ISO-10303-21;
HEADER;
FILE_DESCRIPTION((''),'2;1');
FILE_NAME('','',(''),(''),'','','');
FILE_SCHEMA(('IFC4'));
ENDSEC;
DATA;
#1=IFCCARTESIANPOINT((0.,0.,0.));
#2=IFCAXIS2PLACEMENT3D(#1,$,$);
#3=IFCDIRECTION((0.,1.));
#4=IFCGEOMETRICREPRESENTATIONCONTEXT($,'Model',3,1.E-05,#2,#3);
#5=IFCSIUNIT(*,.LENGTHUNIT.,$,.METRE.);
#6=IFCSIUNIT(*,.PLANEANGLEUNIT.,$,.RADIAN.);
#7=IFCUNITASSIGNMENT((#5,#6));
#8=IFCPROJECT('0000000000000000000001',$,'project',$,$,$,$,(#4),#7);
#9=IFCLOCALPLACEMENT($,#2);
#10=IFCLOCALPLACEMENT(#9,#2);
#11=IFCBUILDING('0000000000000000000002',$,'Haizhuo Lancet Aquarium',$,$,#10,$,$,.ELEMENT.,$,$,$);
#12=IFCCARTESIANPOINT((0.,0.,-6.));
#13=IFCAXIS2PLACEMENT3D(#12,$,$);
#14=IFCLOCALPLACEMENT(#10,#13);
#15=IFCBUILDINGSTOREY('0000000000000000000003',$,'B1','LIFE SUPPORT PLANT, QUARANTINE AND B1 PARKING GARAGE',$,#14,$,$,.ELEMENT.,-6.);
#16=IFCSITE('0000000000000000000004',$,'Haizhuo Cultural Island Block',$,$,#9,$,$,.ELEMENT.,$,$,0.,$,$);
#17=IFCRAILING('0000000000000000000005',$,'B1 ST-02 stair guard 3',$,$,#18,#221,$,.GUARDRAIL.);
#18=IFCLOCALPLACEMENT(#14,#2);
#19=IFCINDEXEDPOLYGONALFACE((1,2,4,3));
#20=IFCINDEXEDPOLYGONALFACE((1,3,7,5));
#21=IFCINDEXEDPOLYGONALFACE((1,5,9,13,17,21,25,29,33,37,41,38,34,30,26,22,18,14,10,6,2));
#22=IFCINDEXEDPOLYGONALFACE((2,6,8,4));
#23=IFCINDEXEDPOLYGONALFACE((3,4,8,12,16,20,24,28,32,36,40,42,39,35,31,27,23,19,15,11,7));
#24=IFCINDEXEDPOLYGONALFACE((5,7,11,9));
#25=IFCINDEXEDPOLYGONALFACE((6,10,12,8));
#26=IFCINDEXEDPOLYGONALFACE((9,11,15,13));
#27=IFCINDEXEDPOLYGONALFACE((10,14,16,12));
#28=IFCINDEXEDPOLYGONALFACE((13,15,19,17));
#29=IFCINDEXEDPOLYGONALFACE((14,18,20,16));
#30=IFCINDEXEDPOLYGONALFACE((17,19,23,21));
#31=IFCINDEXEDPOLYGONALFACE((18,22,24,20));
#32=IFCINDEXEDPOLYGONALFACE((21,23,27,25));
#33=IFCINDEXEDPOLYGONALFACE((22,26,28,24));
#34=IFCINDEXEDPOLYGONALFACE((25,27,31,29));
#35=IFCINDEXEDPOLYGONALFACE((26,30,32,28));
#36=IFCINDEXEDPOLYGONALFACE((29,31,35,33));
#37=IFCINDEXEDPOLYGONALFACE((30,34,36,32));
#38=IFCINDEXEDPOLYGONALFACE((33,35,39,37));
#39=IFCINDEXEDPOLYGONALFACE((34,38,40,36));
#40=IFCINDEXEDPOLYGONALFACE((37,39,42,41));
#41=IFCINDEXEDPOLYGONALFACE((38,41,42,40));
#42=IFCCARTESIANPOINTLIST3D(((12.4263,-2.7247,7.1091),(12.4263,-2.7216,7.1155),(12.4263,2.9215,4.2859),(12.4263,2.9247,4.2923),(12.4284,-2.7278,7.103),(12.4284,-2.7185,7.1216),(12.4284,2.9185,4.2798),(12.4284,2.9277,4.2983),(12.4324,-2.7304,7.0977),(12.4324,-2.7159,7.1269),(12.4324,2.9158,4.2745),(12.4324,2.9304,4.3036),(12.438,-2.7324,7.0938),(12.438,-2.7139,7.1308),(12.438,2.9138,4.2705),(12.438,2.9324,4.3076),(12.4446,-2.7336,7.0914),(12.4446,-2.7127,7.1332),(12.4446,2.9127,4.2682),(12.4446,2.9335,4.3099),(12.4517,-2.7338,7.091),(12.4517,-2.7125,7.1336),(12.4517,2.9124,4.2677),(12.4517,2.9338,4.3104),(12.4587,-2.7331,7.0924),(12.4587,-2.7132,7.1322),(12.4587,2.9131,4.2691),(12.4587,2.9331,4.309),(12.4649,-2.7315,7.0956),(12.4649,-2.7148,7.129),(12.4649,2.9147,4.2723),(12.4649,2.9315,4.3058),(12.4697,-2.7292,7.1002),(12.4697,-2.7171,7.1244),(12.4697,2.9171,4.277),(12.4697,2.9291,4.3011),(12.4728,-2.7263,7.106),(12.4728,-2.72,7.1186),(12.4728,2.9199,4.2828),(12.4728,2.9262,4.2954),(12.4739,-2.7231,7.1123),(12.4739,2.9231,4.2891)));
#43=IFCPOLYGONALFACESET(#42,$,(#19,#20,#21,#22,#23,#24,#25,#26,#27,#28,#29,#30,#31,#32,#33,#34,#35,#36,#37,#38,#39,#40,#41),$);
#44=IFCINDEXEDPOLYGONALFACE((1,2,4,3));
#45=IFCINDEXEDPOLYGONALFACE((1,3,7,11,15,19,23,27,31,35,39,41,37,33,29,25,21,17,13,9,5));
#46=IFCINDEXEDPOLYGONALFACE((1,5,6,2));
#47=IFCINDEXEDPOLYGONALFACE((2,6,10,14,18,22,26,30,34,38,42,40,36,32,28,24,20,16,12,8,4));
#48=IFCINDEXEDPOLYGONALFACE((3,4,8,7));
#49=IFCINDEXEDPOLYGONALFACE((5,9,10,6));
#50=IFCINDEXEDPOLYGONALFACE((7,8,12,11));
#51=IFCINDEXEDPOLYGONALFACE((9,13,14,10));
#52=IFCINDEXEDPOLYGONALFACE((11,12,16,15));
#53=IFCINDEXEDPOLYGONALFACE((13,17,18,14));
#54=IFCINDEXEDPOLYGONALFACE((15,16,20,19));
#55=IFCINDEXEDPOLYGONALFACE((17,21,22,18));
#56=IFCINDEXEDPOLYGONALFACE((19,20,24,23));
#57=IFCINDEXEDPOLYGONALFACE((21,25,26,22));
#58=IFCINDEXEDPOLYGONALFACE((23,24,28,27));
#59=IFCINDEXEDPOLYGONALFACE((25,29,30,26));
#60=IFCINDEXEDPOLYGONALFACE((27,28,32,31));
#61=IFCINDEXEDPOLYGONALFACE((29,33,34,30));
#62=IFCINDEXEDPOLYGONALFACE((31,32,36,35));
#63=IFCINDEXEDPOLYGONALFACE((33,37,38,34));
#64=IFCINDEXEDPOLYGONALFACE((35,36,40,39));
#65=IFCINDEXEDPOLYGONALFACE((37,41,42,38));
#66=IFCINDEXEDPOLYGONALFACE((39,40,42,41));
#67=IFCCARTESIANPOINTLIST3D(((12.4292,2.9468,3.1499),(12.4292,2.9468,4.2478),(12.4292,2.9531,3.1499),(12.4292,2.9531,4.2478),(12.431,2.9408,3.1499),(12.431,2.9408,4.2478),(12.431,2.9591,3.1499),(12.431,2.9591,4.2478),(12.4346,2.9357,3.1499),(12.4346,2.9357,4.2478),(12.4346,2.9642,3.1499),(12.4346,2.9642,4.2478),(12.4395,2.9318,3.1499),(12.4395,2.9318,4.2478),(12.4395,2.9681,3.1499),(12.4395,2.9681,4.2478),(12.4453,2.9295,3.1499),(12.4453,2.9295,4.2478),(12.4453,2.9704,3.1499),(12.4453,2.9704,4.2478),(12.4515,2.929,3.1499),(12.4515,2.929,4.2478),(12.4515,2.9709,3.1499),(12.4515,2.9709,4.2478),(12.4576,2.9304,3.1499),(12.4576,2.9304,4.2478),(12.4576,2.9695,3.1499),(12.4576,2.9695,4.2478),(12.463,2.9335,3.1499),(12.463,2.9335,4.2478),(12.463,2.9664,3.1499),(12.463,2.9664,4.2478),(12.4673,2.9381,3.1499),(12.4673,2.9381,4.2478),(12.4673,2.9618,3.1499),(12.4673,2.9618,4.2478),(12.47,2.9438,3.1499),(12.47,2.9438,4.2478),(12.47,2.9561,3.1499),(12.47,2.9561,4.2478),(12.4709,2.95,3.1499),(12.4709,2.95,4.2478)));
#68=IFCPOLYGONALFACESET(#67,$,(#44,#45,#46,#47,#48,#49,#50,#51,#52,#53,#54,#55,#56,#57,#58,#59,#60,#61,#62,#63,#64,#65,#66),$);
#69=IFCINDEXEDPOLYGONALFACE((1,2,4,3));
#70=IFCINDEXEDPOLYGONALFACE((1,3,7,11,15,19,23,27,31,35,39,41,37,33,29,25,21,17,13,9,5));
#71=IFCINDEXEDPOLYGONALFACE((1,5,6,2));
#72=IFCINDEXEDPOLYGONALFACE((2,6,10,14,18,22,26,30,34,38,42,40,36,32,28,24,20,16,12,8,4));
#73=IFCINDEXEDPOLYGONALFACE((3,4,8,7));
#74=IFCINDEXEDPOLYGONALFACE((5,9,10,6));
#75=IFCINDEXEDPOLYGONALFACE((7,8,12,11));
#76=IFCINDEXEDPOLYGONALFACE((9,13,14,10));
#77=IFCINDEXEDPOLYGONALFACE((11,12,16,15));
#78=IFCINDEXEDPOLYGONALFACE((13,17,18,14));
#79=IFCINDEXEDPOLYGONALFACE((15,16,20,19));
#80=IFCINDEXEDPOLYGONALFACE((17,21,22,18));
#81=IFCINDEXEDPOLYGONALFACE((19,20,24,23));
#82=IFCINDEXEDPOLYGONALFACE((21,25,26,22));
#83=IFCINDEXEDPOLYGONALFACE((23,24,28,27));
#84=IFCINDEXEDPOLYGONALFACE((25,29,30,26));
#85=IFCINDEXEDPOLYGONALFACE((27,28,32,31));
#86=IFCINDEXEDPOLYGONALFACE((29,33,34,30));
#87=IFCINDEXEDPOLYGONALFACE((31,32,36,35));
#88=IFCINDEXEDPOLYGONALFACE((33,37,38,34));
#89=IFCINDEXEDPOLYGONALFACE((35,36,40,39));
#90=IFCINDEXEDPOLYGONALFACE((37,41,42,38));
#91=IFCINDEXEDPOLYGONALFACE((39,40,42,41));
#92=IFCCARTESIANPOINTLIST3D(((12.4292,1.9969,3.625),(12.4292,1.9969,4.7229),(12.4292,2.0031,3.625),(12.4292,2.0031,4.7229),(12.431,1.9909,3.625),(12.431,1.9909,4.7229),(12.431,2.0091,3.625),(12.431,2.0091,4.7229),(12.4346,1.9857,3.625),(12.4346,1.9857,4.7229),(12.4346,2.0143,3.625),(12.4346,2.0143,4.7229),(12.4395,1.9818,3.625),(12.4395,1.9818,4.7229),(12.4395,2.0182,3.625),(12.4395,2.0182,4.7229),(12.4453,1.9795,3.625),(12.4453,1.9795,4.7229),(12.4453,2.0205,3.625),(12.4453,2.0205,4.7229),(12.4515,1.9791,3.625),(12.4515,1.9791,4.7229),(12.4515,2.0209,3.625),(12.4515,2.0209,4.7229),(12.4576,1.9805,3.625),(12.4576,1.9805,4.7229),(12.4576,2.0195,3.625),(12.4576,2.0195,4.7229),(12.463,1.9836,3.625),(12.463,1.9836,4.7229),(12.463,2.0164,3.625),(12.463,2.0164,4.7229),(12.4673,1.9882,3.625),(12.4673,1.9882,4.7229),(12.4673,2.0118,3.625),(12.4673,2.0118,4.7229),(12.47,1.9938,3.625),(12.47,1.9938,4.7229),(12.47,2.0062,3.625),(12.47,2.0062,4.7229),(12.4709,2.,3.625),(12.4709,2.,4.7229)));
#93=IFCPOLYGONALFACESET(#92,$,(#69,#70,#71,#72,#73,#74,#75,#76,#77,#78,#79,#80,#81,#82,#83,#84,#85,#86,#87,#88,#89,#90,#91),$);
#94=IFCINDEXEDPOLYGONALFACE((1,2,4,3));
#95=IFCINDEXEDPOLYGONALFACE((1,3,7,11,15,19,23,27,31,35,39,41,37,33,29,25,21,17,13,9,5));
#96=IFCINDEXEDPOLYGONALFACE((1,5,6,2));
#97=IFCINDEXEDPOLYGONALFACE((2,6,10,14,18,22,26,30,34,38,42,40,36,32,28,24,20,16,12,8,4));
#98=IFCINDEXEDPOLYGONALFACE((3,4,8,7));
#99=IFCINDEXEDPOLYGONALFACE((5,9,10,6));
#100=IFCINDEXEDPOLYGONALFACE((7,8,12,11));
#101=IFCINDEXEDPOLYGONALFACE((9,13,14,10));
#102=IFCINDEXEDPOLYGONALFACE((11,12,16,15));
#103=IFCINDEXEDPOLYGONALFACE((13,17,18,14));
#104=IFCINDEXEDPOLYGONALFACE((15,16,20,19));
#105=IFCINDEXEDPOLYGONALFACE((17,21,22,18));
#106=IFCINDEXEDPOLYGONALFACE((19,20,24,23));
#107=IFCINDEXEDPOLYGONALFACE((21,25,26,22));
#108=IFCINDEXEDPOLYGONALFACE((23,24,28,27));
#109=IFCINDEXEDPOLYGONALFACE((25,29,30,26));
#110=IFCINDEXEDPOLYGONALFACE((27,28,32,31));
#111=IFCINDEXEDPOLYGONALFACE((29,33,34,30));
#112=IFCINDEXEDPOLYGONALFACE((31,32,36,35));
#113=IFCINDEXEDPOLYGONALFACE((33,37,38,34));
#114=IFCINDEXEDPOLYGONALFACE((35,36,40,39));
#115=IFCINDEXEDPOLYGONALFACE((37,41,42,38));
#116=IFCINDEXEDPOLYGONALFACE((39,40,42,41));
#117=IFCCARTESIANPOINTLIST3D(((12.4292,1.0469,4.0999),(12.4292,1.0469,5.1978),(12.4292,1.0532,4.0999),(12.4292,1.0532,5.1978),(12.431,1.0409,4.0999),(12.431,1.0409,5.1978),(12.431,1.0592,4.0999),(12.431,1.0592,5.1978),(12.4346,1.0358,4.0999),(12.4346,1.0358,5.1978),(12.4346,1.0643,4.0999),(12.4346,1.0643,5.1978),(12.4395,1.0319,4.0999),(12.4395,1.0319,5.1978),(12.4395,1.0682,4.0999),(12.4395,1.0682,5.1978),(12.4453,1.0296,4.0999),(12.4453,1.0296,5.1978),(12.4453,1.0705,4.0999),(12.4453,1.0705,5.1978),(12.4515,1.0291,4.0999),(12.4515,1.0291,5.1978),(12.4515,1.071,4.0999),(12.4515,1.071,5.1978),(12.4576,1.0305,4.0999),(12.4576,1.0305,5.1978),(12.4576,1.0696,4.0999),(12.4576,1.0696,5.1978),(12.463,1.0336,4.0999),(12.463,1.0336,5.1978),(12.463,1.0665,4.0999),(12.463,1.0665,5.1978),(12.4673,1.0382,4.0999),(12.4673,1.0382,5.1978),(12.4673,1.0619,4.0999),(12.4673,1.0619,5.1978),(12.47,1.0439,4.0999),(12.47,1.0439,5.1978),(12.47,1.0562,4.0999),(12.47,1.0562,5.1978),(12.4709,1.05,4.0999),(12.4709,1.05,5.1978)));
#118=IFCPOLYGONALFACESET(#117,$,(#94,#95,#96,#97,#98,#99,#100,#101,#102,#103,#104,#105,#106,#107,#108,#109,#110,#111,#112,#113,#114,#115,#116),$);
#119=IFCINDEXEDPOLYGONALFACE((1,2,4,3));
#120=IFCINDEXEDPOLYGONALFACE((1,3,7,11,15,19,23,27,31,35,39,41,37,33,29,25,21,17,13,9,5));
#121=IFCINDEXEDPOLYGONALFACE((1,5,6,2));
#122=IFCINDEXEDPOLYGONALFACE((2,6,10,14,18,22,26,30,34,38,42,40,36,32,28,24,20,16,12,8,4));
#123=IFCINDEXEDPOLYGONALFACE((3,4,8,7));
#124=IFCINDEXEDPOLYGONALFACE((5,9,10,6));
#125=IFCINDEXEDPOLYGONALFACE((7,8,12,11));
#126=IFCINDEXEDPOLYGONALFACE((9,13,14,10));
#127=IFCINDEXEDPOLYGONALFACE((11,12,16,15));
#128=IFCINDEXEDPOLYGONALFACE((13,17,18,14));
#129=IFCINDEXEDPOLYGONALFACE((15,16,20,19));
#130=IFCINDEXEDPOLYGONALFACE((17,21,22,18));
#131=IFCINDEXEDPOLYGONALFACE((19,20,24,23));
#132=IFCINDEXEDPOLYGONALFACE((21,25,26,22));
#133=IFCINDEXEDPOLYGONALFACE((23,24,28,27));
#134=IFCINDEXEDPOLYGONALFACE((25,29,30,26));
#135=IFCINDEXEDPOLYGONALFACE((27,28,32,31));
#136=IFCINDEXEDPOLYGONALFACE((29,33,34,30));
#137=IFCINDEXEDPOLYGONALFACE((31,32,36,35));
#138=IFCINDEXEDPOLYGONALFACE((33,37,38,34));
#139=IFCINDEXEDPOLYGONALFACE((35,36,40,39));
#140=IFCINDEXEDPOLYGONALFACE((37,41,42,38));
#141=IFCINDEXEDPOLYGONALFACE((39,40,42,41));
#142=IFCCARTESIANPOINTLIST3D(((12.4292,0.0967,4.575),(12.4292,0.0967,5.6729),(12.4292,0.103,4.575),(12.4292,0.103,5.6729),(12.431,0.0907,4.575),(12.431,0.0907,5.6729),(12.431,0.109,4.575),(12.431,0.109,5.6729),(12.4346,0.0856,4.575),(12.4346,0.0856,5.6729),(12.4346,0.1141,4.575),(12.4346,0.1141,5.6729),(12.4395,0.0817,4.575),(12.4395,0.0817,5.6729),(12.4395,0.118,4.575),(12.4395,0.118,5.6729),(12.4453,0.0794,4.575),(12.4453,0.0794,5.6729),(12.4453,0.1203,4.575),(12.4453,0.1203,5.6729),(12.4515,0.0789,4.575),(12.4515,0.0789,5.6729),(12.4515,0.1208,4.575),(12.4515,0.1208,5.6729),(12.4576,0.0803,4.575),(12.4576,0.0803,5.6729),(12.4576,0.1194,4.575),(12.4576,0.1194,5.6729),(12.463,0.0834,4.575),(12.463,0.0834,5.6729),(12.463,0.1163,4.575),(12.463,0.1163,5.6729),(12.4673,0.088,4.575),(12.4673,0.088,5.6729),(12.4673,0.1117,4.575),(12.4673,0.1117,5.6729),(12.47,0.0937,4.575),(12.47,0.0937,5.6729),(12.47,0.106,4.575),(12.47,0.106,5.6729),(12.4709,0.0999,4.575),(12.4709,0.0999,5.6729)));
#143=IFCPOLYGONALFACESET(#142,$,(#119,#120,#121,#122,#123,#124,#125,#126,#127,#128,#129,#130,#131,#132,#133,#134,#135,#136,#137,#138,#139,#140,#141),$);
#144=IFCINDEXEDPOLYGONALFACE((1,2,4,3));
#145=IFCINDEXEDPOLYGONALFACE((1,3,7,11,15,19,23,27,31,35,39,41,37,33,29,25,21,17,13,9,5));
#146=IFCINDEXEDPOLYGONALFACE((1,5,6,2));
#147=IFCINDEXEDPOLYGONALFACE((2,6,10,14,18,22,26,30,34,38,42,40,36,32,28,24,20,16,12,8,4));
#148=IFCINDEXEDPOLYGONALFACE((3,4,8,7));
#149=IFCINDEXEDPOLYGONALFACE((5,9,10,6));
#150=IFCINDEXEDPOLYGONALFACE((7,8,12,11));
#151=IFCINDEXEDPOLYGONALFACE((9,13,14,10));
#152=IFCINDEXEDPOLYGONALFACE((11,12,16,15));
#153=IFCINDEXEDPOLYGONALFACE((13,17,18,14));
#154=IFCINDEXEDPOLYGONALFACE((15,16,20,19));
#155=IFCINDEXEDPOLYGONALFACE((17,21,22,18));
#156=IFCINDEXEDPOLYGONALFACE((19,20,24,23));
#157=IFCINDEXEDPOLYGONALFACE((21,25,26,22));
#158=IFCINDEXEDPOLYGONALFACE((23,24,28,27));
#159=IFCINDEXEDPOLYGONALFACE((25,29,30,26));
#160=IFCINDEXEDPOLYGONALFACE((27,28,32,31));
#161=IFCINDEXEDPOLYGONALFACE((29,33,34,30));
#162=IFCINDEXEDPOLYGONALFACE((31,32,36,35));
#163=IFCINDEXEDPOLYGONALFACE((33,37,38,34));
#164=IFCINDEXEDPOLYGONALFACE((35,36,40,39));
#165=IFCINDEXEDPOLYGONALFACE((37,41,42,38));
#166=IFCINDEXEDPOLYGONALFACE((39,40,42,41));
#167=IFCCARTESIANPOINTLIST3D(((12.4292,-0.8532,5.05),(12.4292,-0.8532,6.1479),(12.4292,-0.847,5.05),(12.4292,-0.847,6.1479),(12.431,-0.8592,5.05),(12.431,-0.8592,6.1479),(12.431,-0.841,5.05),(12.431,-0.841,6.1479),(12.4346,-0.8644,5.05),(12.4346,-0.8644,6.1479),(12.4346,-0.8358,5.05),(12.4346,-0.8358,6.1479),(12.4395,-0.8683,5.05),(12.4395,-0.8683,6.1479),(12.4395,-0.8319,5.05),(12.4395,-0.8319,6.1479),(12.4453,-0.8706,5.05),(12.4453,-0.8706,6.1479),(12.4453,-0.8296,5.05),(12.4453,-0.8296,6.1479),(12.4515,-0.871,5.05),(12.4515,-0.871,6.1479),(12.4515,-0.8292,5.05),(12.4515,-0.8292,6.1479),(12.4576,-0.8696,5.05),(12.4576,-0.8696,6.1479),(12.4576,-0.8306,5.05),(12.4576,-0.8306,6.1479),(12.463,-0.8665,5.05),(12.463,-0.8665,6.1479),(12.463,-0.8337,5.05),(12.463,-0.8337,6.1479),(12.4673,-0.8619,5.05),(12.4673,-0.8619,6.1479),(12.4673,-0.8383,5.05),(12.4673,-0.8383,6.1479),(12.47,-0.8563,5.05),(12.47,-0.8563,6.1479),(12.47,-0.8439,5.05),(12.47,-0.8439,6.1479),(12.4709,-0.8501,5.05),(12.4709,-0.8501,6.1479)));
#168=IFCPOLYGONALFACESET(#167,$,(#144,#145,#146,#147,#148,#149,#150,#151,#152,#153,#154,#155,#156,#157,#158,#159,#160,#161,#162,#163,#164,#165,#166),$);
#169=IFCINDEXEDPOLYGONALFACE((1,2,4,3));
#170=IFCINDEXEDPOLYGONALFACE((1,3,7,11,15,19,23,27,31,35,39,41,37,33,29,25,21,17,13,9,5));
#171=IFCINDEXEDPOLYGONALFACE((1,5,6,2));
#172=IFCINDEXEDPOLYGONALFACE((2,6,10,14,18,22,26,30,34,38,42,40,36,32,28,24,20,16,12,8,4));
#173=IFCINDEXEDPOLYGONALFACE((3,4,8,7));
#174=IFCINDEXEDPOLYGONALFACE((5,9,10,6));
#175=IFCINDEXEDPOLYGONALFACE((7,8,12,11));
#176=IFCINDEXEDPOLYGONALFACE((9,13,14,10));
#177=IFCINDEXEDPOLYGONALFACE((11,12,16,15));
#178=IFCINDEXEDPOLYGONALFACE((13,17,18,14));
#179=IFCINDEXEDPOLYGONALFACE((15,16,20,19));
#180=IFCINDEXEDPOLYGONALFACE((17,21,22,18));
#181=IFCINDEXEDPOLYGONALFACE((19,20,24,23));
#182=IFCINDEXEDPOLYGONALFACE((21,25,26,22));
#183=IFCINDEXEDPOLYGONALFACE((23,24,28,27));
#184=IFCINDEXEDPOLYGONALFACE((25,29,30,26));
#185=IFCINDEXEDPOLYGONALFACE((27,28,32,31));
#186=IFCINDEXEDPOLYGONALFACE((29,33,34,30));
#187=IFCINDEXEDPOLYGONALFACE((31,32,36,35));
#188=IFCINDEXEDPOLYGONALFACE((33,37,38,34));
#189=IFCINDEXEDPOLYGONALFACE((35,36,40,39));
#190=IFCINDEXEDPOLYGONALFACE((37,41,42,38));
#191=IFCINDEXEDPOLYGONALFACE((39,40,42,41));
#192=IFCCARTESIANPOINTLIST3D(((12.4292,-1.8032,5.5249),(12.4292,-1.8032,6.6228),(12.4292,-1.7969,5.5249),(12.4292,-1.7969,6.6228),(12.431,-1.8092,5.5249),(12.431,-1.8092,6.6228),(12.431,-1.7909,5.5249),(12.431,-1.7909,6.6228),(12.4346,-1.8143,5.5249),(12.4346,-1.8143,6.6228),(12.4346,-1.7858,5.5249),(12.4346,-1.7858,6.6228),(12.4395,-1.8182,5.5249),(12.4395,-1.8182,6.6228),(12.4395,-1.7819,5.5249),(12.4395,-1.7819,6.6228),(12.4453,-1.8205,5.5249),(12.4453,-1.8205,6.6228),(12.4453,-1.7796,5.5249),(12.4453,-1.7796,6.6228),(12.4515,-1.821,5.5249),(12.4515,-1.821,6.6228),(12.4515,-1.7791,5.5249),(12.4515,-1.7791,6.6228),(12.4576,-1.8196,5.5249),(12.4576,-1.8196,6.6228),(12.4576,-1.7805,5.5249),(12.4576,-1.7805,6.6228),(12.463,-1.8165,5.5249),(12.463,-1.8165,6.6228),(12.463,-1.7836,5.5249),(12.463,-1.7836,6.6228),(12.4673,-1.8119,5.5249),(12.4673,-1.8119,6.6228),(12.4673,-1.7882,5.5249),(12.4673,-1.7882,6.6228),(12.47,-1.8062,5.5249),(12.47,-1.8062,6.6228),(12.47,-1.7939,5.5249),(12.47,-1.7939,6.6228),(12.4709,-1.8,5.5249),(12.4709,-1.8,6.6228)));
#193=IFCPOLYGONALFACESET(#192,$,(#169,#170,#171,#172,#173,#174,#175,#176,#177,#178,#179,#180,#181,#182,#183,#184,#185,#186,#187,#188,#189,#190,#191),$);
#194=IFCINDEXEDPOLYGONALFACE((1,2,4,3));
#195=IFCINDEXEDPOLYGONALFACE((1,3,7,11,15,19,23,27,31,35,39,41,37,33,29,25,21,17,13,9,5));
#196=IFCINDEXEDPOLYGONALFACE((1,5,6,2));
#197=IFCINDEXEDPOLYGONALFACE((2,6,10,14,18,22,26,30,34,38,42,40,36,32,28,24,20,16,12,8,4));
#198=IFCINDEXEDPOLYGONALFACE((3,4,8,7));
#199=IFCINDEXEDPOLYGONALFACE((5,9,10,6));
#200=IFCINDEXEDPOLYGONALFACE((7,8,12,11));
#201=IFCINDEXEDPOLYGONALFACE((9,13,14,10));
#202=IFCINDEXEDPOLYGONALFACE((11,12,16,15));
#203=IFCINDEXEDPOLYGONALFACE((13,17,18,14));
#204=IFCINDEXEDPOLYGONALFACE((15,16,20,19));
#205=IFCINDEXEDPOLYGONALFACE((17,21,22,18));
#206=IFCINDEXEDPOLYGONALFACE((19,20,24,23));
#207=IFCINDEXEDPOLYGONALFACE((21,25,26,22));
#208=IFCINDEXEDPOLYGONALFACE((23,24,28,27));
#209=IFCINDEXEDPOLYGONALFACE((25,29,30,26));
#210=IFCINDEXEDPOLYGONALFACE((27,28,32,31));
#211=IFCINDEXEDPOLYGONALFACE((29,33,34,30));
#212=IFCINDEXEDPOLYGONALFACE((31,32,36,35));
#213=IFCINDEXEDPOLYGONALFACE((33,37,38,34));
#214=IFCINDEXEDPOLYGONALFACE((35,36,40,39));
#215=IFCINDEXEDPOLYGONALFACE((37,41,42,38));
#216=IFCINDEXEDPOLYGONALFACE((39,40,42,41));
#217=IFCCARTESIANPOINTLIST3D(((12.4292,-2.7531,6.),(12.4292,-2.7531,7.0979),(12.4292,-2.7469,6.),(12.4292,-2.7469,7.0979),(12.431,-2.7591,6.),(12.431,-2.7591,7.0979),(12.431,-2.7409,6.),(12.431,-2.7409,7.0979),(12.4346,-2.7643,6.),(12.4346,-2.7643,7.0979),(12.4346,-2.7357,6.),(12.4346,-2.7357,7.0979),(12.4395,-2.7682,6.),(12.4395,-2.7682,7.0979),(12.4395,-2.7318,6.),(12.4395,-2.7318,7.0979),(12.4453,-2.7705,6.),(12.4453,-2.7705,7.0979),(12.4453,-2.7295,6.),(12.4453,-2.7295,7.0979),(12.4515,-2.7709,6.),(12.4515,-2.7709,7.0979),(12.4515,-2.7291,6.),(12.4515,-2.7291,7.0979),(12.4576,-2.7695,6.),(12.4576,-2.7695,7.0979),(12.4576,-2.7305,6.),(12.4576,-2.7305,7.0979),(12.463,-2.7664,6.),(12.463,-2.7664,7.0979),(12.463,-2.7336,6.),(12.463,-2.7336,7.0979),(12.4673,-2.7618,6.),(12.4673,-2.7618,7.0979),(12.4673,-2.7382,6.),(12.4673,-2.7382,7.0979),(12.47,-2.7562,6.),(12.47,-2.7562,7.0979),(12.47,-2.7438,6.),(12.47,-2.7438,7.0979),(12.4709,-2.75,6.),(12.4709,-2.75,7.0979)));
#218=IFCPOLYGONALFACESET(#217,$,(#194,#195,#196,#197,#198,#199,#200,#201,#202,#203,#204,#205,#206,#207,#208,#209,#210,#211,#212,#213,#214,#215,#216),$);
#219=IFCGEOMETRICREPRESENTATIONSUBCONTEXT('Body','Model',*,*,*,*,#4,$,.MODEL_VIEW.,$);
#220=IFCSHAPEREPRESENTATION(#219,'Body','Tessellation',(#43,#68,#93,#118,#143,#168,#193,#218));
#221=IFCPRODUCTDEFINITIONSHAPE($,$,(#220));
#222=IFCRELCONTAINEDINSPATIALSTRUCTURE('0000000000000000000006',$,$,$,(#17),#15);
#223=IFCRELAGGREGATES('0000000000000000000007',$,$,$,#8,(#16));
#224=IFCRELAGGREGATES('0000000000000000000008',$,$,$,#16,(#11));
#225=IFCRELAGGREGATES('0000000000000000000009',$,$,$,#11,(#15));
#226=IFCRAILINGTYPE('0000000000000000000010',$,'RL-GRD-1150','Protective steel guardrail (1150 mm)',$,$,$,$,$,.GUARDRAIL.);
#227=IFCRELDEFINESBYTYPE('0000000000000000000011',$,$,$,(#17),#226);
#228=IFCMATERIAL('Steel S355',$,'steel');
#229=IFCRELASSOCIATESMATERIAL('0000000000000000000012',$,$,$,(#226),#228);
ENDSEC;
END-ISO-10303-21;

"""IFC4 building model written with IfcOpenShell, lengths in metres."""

from ifc_helpers import new_model, si_unit, direction, frame, origin, origin_2d, place, context, subcontext, project, spatial, circle, extrude, material, type_object, element, save


model = new_model("IFC4")

# Units and contexts
model_context = context("Model", 3, precision=1e-05, world=origin(), true_north=direction((0.0, 1.0)))
body_context = subcontext(model_context, "Body", "Model", "MODEL_VIEW")
ifc_project = project(units=[si_unit("LENGTHUNIT", "METRE"), si_unit("PLANEANGLEUNIT", "RADIAN")], contexts=[model_context])

# Site, building, storey
site_placement = place(None, origin())
site = spatial("IfcSite", under=ifc_project, at=site_placement, Name="Haizhuo Cultural Island Block", CompositionType="ELEMENT", RefElevation=0.0)
building_placement = place(site_placement, origin())
building = spatial("IfcBuilding", under=site, at=building_placement, Name="Haizhuo Lancet Aquarium", CompositionType="ELEMENT")
storey_placement = place(building_placement, frame((0.0, 0.0, -6.0)))
storey = spatial("IfcBuildingStorey", under=building, at=storey_placement, Name="B1", Description="LIFE SUPPORT PLANT, QUARANTINE AND B1 PARKING GARAGE", CompositionType="ELEMENT", Elevation=-6.0)

# Shared definitions
ifc_material_1 = material(Name="Steel S355", Category="steel")

# Railing
railing_type_1 = type_object("IfcRailingType", Name="RL-GRD-1150", Description="Protective steel guardrail (1150 mm)", PredefinedType="GUARDRAIL", material=ifc_material_1)
railing_1_placement = place(storey_placement, frame((12.45, 2.95, 3.1499)))
element("IfcRailing", 1, at=railing_1_placement, inside=storey, type_object=railing_type_1, Name="B1 ST-02 stair guard 3", PredefinedType="GUARDRAIL", context=body_context, shape_type="SweptSolid", body=[
    extrude(circle(Radius=0.0239, at=origin_2d()), frame((0.0, -0.0269, 1.1392), z_axis=(0.0, -0.89442, 0.447229), x_axis=(1.0, 0.0, 0.0)), (0.0, 0.0, 1.0), 6.3127),
    extrude(circle(Radius=0.021, at=origin_2d()), origin(), (0.0, 0.0, 1.0), 1.0979),
    extrude(circle(Radius=0.021, at=origin_2d()), frame((0.0, -0.95, 0.4751)), (0.0, 0.0, 1.0), 1.0979),
    extrude(circle(Radius=0.021, at=origin_2d()), frame((0.0, -1.8999, 0.95)), (0.0, 0.0, 1.0), 1.0979),
    extrude(circle(Radius=0.021, at=origin_2d()), frame((0.0, -2.8501, 1.425)), (0.0, 0.0, 1.0), 1.0979),
    extrude(circle(Radius=0.021, at=origin_2d()), frame((0.0, -3.8, 1.9001)), (0.0, 0.0, 1.0), 1.0979),
    extrude(circle(Radius=0.021, at=origin_2d()), frame((0.0, -4.75, 2.375)), (0.0, 0.0, 1.0), 1.0979),
    extrude(circle(Radius=0.021, at=origin_2d()), frame((0.0, -5.7, 2.8501)), (0.0, 0.0, 1.0), 1.0979),
])

save(model, "model.ifc")
